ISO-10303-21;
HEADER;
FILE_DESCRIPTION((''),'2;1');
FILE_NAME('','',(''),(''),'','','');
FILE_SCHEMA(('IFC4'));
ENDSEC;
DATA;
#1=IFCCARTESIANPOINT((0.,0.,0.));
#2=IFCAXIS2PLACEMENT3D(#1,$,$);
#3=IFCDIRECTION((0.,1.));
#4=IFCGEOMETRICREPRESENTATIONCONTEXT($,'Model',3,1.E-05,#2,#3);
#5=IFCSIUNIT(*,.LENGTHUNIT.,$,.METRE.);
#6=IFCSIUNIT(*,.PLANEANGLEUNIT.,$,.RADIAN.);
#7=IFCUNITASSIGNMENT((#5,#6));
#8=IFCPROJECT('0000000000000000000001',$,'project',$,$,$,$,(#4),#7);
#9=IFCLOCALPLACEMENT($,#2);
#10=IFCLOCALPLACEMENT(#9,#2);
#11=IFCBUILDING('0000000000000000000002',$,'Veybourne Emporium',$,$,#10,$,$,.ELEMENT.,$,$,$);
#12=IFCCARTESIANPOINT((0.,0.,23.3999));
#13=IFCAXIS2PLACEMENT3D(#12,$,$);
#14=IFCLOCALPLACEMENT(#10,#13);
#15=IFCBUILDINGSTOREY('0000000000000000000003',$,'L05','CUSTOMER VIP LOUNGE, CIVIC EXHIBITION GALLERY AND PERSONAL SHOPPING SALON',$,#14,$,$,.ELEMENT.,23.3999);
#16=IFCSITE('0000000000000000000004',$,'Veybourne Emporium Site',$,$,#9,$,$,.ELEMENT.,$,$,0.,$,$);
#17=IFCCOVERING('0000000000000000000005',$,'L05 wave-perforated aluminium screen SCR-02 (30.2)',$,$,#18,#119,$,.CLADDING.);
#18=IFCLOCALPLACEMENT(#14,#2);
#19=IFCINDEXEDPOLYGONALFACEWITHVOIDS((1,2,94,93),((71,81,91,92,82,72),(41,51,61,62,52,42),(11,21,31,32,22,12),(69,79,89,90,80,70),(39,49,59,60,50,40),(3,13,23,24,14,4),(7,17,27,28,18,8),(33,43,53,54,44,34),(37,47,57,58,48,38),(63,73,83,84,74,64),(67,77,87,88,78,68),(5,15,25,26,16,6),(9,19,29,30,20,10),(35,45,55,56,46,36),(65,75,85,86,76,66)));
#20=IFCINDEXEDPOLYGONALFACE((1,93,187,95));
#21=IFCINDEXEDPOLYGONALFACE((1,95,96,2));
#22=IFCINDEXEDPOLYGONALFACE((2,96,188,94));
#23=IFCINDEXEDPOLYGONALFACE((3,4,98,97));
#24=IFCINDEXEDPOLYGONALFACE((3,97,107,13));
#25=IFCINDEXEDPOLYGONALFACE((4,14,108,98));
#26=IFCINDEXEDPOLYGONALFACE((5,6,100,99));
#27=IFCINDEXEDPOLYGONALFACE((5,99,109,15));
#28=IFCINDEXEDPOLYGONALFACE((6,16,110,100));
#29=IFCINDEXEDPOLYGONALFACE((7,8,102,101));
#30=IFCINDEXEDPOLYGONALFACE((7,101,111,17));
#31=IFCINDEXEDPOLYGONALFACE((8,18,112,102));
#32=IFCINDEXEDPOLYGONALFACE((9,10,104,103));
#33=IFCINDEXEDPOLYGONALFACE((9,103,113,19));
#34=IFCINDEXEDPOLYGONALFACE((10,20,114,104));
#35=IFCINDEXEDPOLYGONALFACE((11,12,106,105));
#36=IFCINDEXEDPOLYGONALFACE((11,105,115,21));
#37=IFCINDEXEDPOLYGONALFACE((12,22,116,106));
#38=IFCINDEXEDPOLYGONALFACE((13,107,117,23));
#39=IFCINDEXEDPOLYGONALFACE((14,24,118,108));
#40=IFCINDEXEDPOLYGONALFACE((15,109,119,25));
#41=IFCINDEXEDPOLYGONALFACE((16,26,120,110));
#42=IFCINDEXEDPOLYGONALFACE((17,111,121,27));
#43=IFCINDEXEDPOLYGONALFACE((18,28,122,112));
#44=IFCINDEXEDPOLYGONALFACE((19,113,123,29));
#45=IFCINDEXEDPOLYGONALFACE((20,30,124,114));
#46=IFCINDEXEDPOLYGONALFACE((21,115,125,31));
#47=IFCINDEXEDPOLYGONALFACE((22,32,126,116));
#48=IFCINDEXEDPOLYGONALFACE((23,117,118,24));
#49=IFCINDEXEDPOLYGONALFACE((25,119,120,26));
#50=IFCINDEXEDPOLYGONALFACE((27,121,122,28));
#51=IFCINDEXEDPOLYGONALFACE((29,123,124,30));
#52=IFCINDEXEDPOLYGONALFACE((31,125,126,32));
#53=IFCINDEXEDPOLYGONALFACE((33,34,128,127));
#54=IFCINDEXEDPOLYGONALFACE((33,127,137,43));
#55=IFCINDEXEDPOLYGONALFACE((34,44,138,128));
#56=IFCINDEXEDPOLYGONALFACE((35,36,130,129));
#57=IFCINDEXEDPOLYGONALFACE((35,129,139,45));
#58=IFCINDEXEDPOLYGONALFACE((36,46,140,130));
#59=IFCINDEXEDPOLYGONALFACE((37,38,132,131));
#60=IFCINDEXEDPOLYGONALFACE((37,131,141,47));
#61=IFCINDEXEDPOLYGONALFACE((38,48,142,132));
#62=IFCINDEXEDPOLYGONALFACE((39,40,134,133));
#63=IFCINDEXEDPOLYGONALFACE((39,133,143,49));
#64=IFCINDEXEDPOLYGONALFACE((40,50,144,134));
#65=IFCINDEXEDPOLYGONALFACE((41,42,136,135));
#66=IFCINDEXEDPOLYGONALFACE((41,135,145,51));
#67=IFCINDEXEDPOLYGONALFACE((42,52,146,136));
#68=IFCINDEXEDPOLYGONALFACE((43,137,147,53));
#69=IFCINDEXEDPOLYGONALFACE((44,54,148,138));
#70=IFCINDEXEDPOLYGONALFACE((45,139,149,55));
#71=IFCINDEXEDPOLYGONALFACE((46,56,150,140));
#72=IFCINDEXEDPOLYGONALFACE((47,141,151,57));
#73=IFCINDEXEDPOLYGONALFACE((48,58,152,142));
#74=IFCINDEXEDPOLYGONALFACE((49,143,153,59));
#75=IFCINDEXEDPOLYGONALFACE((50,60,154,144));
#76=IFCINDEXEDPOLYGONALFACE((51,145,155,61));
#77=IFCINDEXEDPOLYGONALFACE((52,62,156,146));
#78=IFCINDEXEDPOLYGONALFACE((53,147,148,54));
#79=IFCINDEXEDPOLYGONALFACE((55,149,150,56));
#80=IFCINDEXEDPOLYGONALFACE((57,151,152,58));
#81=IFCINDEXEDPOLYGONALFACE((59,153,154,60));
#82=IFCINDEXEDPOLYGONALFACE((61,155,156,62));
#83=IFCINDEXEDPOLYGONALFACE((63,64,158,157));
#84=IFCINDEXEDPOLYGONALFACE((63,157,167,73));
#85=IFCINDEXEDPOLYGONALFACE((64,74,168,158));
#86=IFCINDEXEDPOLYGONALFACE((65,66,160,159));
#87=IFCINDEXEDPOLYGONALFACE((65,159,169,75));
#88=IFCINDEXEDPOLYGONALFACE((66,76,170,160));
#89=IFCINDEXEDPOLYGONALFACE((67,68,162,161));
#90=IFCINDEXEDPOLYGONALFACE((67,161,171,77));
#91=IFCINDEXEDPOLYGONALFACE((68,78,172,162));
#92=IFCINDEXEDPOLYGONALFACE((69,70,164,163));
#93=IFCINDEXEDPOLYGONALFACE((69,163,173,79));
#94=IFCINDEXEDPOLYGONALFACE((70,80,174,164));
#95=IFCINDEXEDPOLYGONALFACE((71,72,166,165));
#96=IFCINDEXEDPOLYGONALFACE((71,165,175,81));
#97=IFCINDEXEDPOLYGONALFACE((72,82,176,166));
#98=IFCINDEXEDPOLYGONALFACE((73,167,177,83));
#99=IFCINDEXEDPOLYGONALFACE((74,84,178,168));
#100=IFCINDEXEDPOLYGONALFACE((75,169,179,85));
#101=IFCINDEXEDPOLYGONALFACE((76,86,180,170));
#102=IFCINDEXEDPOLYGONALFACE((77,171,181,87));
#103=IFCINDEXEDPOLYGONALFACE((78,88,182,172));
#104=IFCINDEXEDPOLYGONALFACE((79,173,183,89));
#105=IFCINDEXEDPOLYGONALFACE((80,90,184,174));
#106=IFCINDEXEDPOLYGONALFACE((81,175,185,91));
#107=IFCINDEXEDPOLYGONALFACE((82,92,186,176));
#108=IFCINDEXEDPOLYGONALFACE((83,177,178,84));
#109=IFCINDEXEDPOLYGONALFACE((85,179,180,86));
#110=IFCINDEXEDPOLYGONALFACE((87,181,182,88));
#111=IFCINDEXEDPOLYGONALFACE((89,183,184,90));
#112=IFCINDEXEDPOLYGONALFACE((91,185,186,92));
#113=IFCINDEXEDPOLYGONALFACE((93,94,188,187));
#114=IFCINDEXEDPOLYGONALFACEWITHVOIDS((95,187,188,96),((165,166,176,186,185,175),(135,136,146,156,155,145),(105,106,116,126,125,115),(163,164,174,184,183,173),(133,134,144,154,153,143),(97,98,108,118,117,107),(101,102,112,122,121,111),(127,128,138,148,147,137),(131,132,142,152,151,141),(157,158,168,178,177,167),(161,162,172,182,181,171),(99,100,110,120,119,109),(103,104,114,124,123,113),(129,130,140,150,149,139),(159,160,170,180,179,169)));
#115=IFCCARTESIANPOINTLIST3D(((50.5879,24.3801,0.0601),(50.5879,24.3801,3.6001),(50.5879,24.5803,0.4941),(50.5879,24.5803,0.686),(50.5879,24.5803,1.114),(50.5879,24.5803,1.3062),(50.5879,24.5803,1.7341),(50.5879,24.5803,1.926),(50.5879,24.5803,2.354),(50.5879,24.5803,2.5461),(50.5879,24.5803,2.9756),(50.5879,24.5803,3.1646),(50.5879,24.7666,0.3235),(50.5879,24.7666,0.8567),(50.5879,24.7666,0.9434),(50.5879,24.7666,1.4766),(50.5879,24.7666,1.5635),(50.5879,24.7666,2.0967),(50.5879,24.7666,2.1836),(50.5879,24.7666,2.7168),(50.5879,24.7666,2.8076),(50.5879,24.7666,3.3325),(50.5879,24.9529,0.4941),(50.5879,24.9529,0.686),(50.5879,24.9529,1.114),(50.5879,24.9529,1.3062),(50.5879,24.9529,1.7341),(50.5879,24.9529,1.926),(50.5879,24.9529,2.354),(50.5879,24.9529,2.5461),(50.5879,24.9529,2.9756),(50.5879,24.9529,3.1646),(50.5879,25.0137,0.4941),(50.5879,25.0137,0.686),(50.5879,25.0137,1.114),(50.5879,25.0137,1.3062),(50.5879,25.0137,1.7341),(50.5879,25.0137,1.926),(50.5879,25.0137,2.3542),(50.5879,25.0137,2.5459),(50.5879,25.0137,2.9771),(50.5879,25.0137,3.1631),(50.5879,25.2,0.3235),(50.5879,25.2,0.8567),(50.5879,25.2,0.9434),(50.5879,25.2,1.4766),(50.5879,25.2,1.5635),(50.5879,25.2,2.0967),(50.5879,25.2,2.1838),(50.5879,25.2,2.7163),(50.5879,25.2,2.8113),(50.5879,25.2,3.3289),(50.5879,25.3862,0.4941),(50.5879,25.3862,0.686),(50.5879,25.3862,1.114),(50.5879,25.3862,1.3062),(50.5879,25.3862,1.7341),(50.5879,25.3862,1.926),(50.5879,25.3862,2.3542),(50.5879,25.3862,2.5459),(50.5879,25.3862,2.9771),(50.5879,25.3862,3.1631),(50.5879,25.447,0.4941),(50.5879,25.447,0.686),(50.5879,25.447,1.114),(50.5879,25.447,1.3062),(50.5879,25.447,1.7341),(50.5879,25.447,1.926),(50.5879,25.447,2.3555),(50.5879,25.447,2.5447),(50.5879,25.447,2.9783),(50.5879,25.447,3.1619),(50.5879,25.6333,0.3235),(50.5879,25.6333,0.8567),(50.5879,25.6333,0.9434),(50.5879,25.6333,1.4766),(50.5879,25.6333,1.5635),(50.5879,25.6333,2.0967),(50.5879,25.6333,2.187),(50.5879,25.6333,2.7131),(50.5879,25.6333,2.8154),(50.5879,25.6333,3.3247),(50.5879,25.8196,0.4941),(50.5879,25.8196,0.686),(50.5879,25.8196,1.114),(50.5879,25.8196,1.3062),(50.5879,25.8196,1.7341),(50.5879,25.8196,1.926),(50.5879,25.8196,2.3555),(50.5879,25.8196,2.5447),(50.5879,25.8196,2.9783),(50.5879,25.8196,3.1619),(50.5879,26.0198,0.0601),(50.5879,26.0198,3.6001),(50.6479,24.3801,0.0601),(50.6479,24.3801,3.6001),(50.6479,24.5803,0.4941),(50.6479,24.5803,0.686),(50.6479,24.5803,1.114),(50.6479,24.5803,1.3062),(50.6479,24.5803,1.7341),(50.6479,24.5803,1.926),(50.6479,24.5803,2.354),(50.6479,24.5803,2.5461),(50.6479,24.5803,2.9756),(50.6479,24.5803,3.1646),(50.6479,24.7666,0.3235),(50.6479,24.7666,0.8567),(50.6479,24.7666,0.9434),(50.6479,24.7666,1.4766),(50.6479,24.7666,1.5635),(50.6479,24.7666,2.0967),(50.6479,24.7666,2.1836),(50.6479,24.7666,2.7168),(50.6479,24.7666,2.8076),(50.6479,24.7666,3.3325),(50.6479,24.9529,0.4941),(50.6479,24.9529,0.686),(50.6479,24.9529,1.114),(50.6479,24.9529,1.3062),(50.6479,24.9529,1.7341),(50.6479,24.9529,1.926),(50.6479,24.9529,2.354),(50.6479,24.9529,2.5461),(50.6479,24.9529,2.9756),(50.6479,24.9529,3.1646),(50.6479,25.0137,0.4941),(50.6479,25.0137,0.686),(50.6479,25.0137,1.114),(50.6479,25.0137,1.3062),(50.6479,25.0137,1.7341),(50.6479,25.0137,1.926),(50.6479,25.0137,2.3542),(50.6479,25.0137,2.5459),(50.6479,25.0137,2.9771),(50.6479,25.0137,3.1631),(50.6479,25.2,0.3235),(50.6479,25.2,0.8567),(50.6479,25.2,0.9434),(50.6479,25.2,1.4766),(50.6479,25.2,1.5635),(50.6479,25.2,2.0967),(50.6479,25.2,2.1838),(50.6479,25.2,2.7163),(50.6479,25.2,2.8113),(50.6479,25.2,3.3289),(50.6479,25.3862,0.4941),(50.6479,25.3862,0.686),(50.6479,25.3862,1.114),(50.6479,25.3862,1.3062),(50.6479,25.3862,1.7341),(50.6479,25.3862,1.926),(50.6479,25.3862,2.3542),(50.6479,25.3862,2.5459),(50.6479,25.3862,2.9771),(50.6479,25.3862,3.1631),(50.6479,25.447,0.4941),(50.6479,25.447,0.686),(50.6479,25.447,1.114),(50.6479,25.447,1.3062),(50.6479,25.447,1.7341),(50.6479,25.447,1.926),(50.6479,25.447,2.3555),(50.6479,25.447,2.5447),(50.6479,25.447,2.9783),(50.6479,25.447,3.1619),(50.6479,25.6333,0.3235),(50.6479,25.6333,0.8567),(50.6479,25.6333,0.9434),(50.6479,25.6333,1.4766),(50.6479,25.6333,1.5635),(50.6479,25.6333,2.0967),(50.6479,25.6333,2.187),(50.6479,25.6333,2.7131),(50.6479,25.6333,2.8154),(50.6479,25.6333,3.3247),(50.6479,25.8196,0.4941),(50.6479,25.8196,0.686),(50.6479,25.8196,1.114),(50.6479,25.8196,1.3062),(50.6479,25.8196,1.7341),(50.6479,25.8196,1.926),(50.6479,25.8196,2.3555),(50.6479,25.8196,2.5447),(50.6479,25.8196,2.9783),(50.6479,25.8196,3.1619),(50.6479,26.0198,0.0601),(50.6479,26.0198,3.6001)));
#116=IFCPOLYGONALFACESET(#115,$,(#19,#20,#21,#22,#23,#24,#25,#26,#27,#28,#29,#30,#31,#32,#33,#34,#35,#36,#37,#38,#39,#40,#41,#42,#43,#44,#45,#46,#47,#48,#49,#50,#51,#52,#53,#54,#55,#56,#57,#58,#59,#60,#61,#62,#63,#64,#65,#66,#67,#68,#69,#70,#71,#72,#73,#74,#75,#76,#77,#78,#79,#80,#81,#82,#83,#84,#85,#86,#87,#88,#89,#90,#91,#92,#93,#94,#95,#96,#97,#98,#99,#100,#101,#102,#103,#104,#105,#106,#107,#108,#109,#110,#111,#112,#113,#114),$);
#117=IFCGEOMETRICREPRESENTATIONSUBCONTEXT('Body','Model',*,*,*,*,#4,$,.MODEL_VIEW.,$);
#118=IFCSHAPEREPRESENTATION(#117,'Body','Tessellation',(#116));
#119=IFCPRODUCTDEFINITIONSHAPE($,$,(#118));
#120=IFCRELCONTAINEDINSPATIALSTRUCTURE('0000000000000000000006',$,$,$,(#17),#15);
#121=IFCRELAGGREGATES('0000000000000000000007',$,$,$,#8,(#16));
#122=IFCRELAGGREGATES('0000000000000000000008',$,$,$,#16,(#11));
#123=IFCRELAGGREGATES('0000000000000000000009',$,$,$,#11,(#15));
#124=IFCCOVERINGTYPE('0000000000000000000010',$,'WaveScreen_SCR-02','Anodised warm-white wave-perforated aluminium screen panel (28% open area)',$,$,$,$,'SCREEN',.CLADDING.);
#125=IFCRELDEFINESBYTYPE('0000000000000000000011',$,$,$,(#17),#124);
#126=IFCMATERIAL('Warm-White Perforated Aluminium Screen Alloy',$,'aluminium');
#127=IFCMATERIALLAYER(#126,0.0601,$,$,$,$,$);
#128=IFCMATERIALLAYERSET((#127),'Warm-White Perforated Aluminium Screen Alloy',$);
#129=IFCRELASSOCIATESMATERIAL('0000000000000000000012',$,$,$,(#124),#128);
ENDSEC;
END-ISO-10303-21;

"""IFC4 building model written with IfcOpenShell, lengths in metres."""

from ifc_helpers import new_model, si_unit, direction, frame, origin, place, context, subcontext, project, spatial, polyline, outline, extrude, material, layer, layer_set, type_object, element, save


model = new_model("IFC4")

# Units and contexts
model_context = context("Model", 3, precision=1e-05, world=origin(), true_north=direction((0.0, 1.0)))
body_context = subcontext(model_context, "Body", "Model", "MODEL_VIEW")
ifc_project = project(units=[si_unit("LENGTHUNIT", "METRE"), si_unit("PLANEANGLEUNIT", "RADIAN")], contexts=[model_context])

# Site, building, storey
site_placement = place(None, origin())
site = spatial("IfcSite", under=ifc_project, at=site_placement, Name="Veybourne Emporium Site", CompositionType="ELEMENT", RefElevation=0.0)
building_placement = place(site_placement, origin())
building = spatial("IfcBuilding", under=site, at=building_placement, Name="Veybourne Emporium", CompositionType="ELEMENT")
storey_placement = place(building_placement, frame((0.0, 0.0, 23.3999)))
storey = spatial("IfcBuildingStorey", under=building, at=storey_placement, Name="L05", Description="CUSTOMER VIP LOUNGE, CIVIC EXHIBITION GALLERY AND PERSONAL SHOPPING SALON", CompositionType="ELEMENT", Elevation=23.3999)

# Covering
ifc_material_1 = material(Name="Warm-White Perforated Aluminium Screen Alloy", Category="aluminium")
ifc_layer_1 = layer(ifc_material_1, 0.0601)
ifc_layer_set_1 = layer_set([ifc_layer_1], Name="Warm-White Perforated Aluminium Screen Alloy")
covering_type_1 = type_object("IfcCoveringType", Name="WaveScreen_SCR-02", Description="Anodised warm-white wave-perforated aluminium screen panel (28% open area)", ElementType="SCREEN", PredefinedType="CLADDING", material=ifc_layer_set_1)
covering_1_placement = place(storey_placement, frame((50.6479, 25.2, 1.8301), z_axis=(-1.0, 0.0, 0.0), x_axis=(0.0, -1.0, 0.0)))
element("IfcCovering", 1, at=covering_1_placement, inside=storey, type_object=covering_type_1, Name="L05 wave-perforated aluminium screen SCR-02 (30.2)", PredefinedType="CLADDING", context=body_context, shape_type="SweptSolid", body=[
    extrude(outline(polyline([(-0.8198, -1.77), (0.8198, -1.77), (0.8198, 1.77), (-0.8198, 1.77), (-0.8198, -1.77)]), holes=[polyline([(-0.4333, -0.9734), (-0.2471, -1.144), (-0.2471, -1.3359), (-0.4333, -1.5066), (-0.6196, -1.3359), (-0.6196, -1.144), (-0.4333, -0.9734)]), polyline([(-0.4333, -0.3535), (-0.2471, -0.5239), (-0.2471, -0.7161), (-0.4333, -0.8867), (-0.6196, -0.7161), (-0.6196, -0.5239), (-0.4333, -0.3535)]), polyline([(-0.4333, 0.2666), (-0.2471, 0.0959), (-0.2471, -0.0959), (-0.4333, -0.2666), (-0.6196, -0.0959), (-0.6196, 0.0959), (-0.4333, 0.2666)]), polyline([(-0.4333, 0.8831), (-0.2471, 0.7146), (-0.2471, 0.5254), (-0.4333, 0.3569), (-0.6196, 0.5254), (-0.6196, 0.7146), (-0.4333, 0.8831)]), polyline([(-0.4333, 1.4946), (-0.2471, 1.3318), (-0.2471, 1.1482), (-0.4333, 0.9854), (-0.6196, 1.1482), (-0.6196, 1.3318), (-0.4333, 1.4946)]), polyline([(0.0, -0.9734), (0.1863, -1.144), (0.1863, -1.3359), (0.0, -1.5066), (-0.1863, -1.3359), (-0.1863, -1.144), (0.0, -0.9734)]), polyline([(0.0, -0.3535), (0.1863, -0.5239), (0.1863, -0.7161), (0.0, -0.8867), (-0.1863, -0.7161), (-0.1863, -0.5239), (0.0, -0.3535)]), polyline([(0.0, 0.2666), (0.1863, 0.0959), (0.1863, -0.0959), (0.0, -0.2666), (-0.1863, -0.0959), (-0.1863, 0.0959), (0.0, 0.2666)]), polyline([(0.0, 0.8862), (0.1863, 0.7158), (0.1863, 0.5242), (0.0, 0.3538), (-0.1863, 0.5242), (-0.1863, 0.7158), (0.0, 0.8862)]), polyline([(0.0, 1.4988), (0.1863, 1.333), (0.1863, 1.147), (0.0, 0.9812), (-0.1863, 1.147), (-0.1863, 1.333), (0.0, 1.4988)]), polyline([(0.4333, -0.9734), (0.6196, -1.144), (0.6196, -1.3359), (0.4333, -1.5066), (0.2471, -1.3359), (0.2471, -1.144), (0.4333, -0.9734)]), polyline([(0.4333, -0.3535), (0.6196, -0.5239), (0.6196, -0.7161), (0.4333, -0.8867), (0.2471, -0.7161), (0.2471, -0.5239), (0.4333, -0.3535)]), polyline([(0.4333, 0.2666), (0.6196, 0.0959), (0.6196, -0.0959), (0.4333, -0.2666), (0.2471, -0.0959), (0.2471, 0.0959), (0.4333, 0.2666)]), polyline([(0.4333, 0.8867), (0.6196, 0.7161), (0.6196, 0.5239), (0.4333, 0.3535), (0.2471, 0.5239), (0.2471, 0.7161), (0.4333, 0.8867)]), polyline([(0.4333, 1.5024), (0.6196, 1.3345), (0.6196, 1.1455), (0.4333, 0.9775), (0.2471, 1.1455), (0.2471, 1.3345), (0.4333, 1.5024)])]), origin(), (0.0, 0.0, 1.0), 0.0601),
])

save(model, "model.ifc")
